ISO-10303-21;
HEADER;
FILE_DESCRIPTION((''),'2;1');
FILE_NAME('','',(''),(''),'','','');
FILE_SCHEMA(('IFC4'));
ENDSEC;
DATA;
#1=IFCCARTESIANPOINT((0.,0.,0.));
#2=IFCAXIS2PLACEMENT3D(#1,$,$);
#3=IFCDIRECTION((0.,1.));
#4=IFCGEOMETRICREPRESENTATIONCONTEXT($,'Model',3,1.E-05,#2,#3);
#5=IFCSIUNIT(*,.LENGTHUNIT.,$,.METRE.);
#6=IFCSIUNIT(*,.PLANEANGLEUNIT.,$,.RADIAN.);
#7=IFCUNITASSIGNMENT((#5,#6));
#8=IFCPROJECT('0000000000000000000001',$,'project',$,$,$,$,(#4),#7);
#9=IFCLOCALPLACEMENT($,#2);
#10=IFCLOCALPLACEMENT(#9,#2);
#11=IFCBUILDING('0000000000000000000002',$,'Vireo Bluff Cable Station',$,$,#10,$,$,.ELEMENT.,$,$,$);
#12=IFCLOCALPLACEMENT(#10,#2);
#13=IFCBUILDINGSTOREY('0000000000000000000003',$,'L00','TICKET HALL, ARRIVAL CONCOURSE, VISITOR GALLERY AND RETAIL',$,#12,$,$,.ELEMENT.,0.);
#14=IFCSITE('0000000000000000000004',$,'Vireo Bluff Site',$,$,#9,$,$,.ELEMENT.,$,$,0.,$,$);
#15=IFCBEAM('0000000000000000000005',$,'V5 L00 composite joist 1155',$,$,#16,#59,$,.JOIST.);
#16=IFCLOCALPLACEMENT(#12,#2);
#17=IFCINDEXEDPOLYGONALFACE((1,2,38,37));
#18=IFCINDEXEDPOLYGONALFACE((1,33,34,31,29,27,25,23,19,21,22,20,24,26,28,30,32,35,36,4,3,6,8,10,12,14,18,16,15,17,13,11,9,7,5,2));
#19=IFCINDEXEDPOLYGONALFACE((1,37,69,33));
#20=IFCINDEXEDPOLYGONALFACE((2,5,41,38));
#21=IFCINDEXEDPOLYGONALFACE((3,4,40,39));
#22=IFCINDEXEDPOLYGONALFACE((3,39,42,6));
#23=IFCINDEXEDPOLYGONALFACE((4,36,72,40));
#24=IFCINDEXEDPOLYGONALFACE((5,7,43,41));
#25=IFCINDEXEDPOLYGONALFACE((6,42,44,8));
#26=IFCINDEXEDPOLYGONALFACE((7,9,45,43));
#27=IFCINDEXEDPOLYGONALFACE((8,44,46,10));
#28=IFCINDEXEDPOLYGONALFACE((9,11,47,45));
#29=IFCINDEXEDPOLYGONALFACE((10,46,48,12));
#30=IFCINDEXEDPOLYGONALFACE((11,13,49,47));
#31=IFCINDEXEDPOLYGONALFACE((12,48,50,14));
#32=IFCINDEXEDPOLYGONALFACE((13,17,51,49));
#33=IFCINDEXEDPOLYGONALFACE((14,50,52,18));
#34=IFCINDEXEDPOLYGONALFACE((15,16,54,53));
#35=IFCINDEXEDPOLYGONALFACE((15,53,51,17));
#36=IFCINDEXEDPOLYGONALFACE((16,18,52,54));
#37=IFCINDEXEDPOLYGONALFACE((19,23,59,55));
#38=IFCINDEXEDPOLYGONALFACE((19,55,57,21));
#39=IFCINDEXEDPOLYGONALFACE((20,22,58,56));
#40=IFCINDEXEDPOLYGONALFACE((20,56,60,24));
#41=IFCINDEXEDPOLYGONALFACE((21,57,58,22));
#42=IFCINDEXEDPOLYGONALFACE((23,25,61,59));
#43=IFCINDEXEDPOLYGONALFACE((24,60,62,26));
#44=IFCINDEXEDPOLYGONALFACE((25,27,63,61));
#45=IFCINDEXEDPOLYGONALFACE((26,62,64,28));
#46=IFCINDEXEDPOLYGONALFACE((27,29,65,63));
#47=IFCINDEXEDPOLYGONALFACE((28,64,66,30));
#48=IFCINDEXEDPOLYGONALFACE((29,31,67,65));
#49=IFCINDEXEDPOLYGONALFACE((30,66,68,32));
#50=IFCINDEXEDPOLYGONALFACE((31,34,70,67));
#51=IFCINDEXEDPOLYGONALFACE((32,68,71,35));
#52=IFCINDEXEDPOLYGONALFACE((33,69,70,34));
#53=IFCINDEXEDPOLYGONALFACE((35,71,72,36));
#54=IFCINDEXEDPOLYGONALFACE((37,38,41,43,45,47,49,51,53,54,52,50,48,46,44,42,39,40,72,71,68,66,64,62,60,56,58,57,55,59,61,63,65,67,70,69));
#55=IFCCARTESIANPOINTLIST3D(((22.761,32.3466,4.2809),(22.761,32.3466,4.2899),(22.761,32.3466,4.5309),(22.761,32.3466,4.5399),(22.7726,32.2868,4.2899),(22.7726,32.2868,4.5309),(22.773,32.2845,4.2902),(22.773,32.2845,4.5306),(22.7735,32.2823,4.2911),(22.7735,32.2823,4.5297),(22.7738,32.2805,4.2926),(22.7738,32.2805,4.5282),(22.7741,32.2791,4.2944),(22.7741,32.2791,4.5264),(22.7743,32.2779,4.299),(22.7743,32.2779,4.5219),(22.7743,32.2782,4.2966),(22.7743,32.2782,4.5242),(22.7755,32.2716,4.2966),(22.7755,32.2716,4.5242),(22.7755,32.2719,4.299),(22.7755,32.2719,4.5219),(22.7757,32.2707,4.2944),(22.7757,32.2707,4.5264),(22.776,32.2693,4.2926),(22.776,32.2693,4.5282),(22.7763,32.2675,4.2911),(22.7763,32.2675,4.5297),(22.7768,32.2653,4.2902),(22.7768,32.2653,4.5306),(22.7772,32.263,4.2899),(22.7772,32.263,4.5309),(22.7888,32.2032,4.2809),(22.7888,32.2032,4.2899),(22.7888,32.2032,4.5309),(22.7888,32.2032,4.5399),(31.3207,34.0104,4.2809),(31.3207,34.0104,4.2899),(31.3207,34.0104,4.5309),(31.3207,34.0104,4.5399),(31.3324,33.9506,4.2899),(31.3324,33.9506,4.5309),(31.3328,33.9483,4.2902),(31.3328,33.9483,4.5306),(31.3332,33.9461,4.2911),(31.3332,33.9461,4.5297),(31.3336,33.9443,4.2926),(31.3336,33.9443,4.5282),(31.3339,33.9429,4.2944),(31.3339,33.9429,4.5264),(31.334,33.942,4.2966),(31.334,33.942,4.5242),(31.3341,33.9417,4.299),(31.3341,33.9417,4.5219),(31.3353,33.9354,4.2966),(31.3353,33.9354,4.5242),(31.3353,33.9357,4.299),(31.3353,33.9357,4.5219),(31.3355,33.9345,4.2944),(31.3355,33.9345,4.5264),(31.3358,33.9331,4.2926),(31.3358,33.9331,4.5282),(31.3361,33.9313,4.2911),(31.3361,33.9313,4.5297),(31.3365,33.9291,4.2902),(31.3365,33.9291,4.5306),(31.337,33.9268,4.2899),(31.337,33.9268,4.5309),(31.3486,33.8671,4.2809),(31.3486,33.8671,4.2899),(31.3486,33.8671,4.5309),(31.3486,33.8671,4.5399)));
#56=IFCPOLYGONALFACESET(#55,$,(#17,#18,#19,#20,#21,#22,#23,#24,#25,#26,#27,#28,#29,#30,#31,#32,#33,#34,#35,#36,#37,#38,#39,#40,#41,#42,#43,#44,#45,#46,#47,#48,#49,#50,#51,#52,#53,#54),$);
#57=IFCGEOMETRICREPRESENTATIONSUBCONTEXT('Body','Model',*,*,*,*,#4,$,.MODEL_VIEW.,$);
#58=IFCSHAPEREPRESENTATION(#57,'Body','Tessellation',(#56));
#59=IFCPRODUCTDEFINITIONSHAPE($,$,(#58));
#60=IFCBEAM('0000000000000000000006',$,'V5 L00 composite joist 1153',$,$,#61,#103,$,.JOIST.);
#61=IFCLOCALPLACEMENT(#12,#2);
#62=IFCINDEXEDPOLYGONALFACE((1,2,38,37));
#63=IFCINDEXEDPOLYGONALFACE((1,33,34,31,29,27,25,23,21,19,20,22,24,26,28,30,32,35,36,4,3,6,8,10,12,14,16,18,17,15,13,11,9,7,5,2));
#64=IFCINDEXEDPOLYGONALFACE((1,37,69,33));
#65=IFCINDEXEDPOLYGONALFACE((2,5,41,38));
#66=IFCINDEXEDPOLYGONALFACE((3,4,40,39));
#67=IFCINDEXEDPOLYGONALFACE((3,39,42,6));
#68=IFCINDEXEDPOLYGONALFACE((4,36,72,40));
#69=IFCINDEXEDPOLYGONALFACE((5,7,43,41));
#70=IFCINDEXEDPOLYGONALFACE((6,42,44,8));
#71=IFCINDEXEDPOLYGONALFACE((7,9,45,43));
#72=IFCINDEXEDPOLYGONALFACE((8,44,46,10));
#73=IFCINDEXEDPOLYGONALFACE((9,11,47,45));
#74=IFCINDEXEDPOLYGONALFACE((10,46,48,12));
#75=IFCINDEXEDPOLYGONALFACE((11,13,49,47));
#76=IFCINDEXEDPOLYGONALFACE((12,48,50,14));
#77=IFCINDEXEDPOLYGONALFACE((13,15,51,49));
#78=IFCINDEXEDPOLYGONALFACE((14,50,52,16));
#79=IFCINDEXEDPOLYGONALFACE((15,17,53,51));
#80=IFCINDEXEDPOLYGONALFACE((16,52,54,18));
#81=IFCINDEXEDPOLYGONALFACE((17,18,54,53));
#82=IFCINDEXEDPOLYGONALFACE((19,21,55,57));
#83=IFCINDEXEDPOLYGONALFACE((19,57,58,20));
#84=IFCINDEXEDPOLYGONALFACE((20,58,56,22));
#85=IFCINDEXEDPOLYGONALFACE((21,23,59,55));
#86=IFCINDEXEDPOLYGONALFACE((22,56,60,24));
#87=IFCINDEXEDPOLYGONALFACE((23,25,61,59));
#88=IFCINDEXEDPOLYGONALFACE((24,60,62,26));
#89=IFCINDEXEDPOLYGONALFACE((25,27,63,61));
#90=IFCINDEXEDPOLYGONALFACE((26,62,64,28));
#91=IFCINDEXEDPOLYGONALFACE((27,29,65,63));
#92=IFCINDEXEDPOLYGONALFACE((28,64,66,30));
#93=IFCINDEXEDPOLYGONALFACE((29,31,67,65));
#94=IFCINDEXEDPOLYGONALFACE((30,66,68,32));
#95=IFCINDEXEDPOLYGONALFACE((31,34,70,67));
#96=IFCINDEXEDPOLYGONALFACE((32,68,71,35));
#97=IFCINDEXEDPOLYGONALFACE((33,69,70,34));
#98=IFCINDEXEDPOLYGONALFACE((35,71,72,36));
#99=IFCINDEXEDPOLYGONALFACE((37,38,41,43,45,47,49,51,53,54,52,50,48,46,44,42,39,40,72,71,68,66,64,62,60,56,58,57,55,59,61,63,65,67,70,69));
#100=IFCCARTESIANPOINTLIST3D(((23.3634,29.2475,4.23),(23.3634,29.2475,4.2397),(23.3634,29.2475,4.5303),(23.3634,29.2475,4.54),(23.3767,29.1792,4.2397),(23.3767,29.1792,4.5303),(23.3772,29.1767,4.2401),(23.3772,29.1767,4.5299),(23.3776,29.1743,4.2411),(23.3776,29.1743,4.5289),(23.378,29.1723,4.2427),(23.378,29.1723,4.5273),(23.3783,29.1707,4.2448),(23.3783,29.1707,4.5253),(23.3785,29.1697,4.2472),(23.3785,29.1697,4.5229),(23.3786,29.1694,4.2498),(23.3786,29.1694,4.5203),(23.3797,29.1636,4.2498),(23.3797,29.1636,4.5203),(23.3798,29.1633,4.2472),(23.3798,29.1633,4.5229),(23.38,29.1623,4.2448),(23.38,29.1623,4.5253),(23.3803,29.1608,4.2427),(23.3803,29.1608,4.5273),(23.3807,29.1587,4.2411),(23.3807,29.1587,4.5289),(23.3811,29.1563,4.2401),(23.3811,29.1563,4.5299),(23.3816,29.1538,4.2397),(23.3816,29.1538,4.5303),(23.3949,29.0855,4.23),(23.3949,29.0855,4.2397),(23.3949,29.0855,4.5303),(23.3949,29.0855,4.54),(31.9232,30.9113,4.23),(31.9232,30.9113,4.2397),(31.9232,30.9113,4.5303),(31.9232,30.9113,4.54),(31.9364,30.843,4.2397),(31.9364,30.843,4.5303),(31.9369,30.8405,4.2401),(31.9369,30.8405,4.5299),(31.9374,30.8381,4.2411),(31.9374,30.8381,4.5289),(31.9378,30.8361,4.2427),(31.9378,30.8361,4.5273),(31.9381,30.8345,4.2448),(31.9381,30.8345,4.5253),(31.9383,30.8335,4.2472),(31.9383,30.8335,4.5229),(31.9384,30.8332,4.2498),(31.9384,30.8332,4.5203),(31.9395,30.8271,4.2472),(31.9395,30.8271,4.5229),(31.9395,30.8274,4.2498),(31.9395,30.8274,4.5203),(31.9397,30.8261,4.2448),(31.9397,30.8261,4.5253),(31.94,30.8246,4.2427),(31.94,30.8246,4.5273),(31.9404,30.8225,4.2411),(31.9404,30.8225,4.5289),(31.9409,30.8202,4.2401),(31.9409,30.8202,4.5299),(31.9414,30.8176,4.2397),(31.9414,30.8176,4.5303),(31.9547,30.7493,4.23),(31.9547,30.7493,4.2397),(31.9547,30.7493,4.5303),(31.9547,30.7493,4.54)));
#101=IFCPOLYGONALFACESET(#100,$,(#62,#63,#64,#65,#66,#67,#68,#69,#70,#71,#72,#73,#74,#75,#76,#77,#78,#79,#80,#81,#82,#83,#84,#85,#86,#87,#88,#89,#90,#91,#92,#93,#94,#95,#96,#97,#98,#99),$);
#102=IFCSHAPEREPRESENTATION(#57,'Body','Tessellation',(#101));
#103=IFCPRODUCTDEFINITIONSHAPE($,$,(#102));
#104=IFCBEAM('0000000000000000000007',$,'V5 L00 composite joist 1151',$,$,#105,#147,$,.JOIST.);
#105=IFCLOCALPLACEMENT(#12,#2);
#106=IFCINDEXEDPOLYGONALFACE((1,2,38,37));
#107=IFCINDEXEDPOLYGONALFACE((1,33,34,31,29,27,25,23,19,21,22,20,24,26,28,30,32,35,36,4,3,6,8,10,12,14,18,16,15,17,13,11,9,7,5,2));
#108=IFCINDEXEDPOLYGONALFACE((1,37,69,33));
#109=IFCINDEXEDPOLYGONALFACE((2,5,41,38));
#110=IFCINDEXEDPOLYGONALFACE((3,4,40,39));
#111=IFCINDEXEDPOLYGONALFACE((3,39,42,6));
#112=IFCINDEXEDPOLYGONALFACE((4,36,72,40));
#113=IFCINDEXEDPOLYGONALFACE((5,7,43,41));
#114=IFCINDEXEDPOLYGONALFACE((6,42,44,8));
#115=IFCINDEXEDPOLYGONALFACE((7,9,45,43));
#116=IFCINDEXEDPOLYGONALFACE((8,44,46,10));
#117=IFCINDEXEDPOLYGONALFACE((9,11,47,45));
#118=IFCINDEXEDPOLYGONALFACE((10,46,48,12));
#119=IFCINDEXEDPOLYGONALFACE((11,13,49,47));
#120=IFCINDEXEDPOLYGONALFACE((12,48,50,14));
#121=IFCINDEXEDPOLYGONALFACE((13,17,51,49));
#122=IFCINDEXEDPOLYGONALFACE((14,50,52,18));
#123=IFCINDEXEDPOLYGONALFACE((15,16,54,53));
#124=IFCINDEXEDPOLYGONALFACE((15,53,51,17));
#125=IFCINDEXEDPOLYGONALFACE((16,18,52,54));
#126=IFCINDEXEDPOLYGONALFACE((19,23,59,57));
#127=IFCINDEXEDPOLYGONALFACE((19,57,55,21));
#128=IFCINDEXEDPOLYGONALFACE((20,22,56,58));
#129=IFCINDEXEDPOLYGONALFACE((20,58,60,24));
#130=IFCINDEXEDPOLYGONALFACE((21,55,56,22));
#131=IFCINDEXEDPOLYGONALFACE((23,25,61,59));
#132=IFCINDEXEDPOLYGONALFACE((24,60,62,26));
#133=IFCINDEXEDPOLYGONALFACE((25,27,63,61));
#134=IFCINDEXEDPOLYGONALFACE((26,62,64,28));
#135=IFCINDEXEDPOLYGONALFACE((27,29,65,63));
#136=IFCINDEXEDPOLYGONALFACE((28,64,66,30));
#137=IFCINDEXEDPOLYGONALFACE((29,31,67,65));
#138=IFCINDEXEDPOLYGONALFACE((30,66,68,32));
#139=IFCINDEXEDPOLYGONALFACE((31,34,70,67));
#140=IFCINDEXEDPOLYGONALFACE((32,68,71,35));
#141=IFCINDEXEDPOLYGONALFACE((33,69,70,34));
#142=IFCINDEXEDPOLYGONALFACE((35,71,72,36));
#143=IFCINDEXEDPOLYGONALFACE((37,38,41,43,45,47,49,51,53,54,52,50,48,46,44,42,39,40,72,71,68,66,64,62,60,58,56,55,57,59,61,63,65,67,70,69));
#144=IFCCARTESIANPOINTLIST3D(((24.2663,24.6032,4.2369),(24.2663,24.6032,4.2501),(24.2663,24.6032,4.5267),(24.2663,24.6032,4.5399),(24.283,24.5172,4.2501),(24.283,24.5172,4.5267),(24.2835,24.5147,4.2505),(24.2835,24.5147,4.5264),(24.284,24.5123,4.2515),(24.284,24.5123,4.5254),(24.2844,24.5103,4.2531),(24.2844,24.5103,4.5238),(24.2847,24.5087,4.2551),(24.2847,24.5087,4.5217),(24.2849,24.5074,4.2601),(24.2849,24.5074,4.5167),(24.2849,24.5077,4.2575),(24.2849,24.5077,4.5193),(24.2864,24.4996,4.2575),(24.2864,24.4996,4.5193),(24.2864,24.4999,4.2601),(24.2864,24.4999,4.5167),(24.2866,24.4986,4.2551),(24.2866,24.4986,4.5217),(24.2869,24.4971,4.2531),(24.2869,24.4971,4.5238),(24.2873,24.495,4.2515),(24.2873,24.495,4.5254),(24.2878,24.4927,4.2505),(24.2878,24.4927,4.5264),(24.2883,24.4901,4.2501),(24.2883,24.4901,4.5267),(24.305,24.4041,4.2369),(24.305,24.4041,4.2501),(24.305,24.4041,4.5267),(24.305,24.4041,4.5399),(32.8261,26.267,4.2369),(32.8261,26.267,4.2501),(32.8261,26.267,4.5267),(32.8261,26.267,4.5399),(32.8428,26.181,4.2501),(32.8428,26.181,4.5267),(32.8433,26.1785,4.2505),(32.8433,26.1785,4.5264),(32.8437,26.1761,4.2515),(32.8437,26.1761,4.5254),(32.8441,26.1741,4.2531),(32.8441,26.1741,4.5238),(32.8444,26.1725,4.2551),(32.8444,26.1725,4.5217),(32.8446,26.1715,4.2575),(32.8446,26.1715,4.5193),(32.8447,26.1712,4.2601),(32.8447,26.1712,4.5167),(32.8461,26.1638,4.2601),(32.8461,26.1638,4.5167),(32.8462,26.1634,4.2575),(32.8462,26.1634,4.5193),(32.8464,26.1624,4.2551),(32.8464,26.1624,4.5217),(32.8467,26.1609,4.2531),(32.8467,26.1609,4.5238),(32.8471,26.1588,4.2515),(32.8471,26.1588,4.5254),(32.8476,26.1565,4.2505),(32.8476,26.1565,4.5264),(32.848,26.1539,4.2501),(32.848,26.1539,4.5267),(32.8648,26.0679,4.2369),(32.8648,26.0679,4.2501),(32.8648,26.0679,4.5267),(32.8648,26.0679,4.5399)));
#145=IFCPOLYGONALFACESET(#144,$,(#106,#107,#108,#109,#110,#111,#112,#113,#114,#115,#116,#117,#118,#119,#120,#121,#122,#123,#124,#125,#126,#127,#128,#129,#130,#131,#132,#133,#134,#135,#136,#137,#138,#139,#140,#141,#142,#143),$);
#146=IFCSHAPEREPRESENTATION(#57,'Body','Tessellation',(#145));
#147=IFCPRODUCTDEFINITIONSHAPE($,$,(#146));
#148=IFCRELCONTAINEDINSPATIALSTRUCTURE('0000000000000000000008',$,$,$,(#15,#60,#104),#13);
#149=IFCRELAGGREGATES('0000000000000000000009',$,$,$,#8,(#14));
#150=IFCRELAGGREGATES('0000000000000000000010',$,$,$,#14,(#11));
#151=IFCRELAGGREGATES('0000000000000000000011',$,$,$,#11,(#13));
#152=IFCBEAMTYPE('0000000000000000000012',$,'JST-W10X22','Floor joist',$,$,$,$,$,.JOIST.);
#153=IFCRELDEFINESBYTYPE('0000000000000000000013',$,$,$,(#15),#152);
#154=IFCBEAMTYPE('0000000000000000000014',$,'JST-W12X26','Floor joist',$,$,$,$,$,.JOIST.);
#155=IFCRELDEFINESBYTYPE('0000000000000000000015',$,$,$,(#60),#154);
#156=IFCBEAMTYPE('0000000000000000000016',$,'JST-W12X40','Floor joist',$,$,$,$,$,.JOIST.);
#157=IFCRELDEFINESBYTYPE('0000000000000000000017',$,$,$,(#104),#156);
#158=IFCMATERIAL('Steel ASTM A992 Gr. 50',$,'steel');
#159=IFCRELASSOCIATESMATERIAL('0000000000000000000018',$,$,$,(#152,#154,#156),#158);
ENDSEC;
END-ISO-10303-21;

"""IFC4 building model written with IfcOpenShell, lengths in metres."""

from ifc_helpers import new_model, si_unit, direction, frame, origin, origin_2d, place, context, subcontext, project, spatial, i_section, extrude, material, material_profile, profile_set, type_object, element, save


model = new_model("IFC4")

# Units and contexts
model_context = context("Model", 3, precision=1e-05, world=origin(), true_north=direction((0.0, 1.0)))
body_context = subcontext(model_context, "Body", "Model", "MODEL_VIEW")
ifc_project = project(units=[si_unit("LENGTHUNIT", "METRE"), si_unit("PLANEANGLEUNIT", "RADIAN")], contexts=[model_context])

# Site, building, storey
site_placement = place(None, origin())
site = spatial("IfcSite", under=ifc_project, at=site_placement, Name="Vireo Bluff Site", CompositionType="ELEMENT", RefElevation=0.0)
building_placement = place(site_placement, origin())
building = spatial("IfcBuilding", under=site, at=building_placement, Name="Vireo Bluff Cable Station", CompositionType="ELEMENT")
storey_placement = place(building_placement, origin())
storey = spatial("IfcBuildingStorey", under=building, at=storey_placement, Name="L00", Description="TICKET HALL, ARRIVAL CONCOURSE, VISITOR GALLERY AND RETAIL", CompositionType="ELEMENT", Elevation=0.0)

# Shared definitions
ifc_material_1 = material(Name="Steel ASTM A992 Gr. 50", Category="steel")

# Beams
ifc_material_profile_1 = material_profile(ifc_material_1, i_section(OverallWidth=0.146, OverallDepth=0.259, WebThickness=0.0061, FlangeThickness=0.009, FilletRadius=0.009, at=origin_2d()), Name="W10X22")
ifc_profile_set_1 = profile_set([ifc_material_profile_1], Name="Steel ASTM A992 Gr. 50")
beam_type_1 = type_object("IfcBeamType", Name="JST-W10X22", Description="Floor joist", PredefinedType="JOIST", material=ifc_profile_set_1)
beam_1_placement = place(storey_placement, frame((22.7749, 32.2749, 4.4104), z_axis=(0.981628, 0.190804, 0.0), x_axis=(-0.190804, 0.981628, 0.0)))
element("IfcBeam", 1, at=beam_1_placement, inside=storey, type_object=beam_type_1, Name="V5 L00 composite joist 1155", PredefinedType="JOIST", context=body_context, shape_type="SweptSolid", body=[
    extrude(i_section(OverallWidth=0.146, OverallDepth=0.259, WebThickness=0.0061, FlangeThickness=0.009, FilletRadius=0.009, at=origin_2d()), origin(), (0.0, 0.0, 1.0), 8.72),
])
ifc_material_profile_2 = material_profile(ifc_material_1, i_section(OverallWidth=0.165, OverallDepth=0.3101, WebThickness=0.0059, FlangeThickness=0.0098, FilletRadius=0.01, at=origin_2d()), Name="W12X26")
ifc_profile_set_2 = profile_set([ifc_material_profile_2], Name="Steel ASTM A992 Gr. 50")
beam_type_2 = type_object("IfcBeamType", Name="JST-W12X26", Description="Floor joist", PredefinedType="JOIST", material=ifc_profile_set_2)
beam_2_placement = place(storey_placement, frame((23.3792, 29.1665, 4.385), z_axis=(0.981628, 0.190804, 0.0), x_axis=(-0.190804, 0.981628, 0.0)))
element("IfcBeam", 2, at=beam_2_placement, inside=storey, type_object=beam_type_2, Name="V5 L00 composite joist 1153", PredefinedType="JOIST", context=body_context, shape_type="SweptSolid", body=[
    extrude(i_section(OverallWidth=0.165, OverallDepth=0.3101, WebThickness=0.0059, FlangeThickness=0.0098, FilletRadius=0.01, at=origin_2d()), origin(), (0.0, 0.0, 1.0), 8.72),
])
ifc_material_profile_3 = material_profile(ifc_material_1, i_section(OverallWidth=0.2029, OverallDepth=0.303, WebThickness=0.0076, FlangeThickness=0.0132, FilletRadius=0.01, at=origin_2d()), Name="W12X40")
ifc_profile_set_3 = profile_set([ifc_material_profile_3], Name="Steel ASTM A992 Gr. 50")
beam_type_3 = type_object("IfcBeamType", Name="JST-W12X40", Description="Floor joist", PredefinedType="JOIST", material=ifc_profile_set_3)
beam_3_placement = place(storey_placement, frame((24.2856, 24.5037, 4.3884), z_axis=(0.981628, 0.190804, 0.0), x_axis=(-0.190804, 0.981628, 0.0)))
element("IfcBeam", 3, at=beam_3_placement, inside=storey, type_object=beam_type_3, Name="V5 L00 composite joist 1151", PredefinedType="JOIST", context=body_context, shape_type="SweptSolid", body=[
    extrude(i_section(OverallWidth=0.2029, OverallDepth=0.303, WebThickness=0.0076, FlangeThickness=0.0132, FilletRadius=0.01, at=origin_2d()), origin(), (0.0, 0.0, 1.0), 8.72),
])

save(model, "model.ifc")
